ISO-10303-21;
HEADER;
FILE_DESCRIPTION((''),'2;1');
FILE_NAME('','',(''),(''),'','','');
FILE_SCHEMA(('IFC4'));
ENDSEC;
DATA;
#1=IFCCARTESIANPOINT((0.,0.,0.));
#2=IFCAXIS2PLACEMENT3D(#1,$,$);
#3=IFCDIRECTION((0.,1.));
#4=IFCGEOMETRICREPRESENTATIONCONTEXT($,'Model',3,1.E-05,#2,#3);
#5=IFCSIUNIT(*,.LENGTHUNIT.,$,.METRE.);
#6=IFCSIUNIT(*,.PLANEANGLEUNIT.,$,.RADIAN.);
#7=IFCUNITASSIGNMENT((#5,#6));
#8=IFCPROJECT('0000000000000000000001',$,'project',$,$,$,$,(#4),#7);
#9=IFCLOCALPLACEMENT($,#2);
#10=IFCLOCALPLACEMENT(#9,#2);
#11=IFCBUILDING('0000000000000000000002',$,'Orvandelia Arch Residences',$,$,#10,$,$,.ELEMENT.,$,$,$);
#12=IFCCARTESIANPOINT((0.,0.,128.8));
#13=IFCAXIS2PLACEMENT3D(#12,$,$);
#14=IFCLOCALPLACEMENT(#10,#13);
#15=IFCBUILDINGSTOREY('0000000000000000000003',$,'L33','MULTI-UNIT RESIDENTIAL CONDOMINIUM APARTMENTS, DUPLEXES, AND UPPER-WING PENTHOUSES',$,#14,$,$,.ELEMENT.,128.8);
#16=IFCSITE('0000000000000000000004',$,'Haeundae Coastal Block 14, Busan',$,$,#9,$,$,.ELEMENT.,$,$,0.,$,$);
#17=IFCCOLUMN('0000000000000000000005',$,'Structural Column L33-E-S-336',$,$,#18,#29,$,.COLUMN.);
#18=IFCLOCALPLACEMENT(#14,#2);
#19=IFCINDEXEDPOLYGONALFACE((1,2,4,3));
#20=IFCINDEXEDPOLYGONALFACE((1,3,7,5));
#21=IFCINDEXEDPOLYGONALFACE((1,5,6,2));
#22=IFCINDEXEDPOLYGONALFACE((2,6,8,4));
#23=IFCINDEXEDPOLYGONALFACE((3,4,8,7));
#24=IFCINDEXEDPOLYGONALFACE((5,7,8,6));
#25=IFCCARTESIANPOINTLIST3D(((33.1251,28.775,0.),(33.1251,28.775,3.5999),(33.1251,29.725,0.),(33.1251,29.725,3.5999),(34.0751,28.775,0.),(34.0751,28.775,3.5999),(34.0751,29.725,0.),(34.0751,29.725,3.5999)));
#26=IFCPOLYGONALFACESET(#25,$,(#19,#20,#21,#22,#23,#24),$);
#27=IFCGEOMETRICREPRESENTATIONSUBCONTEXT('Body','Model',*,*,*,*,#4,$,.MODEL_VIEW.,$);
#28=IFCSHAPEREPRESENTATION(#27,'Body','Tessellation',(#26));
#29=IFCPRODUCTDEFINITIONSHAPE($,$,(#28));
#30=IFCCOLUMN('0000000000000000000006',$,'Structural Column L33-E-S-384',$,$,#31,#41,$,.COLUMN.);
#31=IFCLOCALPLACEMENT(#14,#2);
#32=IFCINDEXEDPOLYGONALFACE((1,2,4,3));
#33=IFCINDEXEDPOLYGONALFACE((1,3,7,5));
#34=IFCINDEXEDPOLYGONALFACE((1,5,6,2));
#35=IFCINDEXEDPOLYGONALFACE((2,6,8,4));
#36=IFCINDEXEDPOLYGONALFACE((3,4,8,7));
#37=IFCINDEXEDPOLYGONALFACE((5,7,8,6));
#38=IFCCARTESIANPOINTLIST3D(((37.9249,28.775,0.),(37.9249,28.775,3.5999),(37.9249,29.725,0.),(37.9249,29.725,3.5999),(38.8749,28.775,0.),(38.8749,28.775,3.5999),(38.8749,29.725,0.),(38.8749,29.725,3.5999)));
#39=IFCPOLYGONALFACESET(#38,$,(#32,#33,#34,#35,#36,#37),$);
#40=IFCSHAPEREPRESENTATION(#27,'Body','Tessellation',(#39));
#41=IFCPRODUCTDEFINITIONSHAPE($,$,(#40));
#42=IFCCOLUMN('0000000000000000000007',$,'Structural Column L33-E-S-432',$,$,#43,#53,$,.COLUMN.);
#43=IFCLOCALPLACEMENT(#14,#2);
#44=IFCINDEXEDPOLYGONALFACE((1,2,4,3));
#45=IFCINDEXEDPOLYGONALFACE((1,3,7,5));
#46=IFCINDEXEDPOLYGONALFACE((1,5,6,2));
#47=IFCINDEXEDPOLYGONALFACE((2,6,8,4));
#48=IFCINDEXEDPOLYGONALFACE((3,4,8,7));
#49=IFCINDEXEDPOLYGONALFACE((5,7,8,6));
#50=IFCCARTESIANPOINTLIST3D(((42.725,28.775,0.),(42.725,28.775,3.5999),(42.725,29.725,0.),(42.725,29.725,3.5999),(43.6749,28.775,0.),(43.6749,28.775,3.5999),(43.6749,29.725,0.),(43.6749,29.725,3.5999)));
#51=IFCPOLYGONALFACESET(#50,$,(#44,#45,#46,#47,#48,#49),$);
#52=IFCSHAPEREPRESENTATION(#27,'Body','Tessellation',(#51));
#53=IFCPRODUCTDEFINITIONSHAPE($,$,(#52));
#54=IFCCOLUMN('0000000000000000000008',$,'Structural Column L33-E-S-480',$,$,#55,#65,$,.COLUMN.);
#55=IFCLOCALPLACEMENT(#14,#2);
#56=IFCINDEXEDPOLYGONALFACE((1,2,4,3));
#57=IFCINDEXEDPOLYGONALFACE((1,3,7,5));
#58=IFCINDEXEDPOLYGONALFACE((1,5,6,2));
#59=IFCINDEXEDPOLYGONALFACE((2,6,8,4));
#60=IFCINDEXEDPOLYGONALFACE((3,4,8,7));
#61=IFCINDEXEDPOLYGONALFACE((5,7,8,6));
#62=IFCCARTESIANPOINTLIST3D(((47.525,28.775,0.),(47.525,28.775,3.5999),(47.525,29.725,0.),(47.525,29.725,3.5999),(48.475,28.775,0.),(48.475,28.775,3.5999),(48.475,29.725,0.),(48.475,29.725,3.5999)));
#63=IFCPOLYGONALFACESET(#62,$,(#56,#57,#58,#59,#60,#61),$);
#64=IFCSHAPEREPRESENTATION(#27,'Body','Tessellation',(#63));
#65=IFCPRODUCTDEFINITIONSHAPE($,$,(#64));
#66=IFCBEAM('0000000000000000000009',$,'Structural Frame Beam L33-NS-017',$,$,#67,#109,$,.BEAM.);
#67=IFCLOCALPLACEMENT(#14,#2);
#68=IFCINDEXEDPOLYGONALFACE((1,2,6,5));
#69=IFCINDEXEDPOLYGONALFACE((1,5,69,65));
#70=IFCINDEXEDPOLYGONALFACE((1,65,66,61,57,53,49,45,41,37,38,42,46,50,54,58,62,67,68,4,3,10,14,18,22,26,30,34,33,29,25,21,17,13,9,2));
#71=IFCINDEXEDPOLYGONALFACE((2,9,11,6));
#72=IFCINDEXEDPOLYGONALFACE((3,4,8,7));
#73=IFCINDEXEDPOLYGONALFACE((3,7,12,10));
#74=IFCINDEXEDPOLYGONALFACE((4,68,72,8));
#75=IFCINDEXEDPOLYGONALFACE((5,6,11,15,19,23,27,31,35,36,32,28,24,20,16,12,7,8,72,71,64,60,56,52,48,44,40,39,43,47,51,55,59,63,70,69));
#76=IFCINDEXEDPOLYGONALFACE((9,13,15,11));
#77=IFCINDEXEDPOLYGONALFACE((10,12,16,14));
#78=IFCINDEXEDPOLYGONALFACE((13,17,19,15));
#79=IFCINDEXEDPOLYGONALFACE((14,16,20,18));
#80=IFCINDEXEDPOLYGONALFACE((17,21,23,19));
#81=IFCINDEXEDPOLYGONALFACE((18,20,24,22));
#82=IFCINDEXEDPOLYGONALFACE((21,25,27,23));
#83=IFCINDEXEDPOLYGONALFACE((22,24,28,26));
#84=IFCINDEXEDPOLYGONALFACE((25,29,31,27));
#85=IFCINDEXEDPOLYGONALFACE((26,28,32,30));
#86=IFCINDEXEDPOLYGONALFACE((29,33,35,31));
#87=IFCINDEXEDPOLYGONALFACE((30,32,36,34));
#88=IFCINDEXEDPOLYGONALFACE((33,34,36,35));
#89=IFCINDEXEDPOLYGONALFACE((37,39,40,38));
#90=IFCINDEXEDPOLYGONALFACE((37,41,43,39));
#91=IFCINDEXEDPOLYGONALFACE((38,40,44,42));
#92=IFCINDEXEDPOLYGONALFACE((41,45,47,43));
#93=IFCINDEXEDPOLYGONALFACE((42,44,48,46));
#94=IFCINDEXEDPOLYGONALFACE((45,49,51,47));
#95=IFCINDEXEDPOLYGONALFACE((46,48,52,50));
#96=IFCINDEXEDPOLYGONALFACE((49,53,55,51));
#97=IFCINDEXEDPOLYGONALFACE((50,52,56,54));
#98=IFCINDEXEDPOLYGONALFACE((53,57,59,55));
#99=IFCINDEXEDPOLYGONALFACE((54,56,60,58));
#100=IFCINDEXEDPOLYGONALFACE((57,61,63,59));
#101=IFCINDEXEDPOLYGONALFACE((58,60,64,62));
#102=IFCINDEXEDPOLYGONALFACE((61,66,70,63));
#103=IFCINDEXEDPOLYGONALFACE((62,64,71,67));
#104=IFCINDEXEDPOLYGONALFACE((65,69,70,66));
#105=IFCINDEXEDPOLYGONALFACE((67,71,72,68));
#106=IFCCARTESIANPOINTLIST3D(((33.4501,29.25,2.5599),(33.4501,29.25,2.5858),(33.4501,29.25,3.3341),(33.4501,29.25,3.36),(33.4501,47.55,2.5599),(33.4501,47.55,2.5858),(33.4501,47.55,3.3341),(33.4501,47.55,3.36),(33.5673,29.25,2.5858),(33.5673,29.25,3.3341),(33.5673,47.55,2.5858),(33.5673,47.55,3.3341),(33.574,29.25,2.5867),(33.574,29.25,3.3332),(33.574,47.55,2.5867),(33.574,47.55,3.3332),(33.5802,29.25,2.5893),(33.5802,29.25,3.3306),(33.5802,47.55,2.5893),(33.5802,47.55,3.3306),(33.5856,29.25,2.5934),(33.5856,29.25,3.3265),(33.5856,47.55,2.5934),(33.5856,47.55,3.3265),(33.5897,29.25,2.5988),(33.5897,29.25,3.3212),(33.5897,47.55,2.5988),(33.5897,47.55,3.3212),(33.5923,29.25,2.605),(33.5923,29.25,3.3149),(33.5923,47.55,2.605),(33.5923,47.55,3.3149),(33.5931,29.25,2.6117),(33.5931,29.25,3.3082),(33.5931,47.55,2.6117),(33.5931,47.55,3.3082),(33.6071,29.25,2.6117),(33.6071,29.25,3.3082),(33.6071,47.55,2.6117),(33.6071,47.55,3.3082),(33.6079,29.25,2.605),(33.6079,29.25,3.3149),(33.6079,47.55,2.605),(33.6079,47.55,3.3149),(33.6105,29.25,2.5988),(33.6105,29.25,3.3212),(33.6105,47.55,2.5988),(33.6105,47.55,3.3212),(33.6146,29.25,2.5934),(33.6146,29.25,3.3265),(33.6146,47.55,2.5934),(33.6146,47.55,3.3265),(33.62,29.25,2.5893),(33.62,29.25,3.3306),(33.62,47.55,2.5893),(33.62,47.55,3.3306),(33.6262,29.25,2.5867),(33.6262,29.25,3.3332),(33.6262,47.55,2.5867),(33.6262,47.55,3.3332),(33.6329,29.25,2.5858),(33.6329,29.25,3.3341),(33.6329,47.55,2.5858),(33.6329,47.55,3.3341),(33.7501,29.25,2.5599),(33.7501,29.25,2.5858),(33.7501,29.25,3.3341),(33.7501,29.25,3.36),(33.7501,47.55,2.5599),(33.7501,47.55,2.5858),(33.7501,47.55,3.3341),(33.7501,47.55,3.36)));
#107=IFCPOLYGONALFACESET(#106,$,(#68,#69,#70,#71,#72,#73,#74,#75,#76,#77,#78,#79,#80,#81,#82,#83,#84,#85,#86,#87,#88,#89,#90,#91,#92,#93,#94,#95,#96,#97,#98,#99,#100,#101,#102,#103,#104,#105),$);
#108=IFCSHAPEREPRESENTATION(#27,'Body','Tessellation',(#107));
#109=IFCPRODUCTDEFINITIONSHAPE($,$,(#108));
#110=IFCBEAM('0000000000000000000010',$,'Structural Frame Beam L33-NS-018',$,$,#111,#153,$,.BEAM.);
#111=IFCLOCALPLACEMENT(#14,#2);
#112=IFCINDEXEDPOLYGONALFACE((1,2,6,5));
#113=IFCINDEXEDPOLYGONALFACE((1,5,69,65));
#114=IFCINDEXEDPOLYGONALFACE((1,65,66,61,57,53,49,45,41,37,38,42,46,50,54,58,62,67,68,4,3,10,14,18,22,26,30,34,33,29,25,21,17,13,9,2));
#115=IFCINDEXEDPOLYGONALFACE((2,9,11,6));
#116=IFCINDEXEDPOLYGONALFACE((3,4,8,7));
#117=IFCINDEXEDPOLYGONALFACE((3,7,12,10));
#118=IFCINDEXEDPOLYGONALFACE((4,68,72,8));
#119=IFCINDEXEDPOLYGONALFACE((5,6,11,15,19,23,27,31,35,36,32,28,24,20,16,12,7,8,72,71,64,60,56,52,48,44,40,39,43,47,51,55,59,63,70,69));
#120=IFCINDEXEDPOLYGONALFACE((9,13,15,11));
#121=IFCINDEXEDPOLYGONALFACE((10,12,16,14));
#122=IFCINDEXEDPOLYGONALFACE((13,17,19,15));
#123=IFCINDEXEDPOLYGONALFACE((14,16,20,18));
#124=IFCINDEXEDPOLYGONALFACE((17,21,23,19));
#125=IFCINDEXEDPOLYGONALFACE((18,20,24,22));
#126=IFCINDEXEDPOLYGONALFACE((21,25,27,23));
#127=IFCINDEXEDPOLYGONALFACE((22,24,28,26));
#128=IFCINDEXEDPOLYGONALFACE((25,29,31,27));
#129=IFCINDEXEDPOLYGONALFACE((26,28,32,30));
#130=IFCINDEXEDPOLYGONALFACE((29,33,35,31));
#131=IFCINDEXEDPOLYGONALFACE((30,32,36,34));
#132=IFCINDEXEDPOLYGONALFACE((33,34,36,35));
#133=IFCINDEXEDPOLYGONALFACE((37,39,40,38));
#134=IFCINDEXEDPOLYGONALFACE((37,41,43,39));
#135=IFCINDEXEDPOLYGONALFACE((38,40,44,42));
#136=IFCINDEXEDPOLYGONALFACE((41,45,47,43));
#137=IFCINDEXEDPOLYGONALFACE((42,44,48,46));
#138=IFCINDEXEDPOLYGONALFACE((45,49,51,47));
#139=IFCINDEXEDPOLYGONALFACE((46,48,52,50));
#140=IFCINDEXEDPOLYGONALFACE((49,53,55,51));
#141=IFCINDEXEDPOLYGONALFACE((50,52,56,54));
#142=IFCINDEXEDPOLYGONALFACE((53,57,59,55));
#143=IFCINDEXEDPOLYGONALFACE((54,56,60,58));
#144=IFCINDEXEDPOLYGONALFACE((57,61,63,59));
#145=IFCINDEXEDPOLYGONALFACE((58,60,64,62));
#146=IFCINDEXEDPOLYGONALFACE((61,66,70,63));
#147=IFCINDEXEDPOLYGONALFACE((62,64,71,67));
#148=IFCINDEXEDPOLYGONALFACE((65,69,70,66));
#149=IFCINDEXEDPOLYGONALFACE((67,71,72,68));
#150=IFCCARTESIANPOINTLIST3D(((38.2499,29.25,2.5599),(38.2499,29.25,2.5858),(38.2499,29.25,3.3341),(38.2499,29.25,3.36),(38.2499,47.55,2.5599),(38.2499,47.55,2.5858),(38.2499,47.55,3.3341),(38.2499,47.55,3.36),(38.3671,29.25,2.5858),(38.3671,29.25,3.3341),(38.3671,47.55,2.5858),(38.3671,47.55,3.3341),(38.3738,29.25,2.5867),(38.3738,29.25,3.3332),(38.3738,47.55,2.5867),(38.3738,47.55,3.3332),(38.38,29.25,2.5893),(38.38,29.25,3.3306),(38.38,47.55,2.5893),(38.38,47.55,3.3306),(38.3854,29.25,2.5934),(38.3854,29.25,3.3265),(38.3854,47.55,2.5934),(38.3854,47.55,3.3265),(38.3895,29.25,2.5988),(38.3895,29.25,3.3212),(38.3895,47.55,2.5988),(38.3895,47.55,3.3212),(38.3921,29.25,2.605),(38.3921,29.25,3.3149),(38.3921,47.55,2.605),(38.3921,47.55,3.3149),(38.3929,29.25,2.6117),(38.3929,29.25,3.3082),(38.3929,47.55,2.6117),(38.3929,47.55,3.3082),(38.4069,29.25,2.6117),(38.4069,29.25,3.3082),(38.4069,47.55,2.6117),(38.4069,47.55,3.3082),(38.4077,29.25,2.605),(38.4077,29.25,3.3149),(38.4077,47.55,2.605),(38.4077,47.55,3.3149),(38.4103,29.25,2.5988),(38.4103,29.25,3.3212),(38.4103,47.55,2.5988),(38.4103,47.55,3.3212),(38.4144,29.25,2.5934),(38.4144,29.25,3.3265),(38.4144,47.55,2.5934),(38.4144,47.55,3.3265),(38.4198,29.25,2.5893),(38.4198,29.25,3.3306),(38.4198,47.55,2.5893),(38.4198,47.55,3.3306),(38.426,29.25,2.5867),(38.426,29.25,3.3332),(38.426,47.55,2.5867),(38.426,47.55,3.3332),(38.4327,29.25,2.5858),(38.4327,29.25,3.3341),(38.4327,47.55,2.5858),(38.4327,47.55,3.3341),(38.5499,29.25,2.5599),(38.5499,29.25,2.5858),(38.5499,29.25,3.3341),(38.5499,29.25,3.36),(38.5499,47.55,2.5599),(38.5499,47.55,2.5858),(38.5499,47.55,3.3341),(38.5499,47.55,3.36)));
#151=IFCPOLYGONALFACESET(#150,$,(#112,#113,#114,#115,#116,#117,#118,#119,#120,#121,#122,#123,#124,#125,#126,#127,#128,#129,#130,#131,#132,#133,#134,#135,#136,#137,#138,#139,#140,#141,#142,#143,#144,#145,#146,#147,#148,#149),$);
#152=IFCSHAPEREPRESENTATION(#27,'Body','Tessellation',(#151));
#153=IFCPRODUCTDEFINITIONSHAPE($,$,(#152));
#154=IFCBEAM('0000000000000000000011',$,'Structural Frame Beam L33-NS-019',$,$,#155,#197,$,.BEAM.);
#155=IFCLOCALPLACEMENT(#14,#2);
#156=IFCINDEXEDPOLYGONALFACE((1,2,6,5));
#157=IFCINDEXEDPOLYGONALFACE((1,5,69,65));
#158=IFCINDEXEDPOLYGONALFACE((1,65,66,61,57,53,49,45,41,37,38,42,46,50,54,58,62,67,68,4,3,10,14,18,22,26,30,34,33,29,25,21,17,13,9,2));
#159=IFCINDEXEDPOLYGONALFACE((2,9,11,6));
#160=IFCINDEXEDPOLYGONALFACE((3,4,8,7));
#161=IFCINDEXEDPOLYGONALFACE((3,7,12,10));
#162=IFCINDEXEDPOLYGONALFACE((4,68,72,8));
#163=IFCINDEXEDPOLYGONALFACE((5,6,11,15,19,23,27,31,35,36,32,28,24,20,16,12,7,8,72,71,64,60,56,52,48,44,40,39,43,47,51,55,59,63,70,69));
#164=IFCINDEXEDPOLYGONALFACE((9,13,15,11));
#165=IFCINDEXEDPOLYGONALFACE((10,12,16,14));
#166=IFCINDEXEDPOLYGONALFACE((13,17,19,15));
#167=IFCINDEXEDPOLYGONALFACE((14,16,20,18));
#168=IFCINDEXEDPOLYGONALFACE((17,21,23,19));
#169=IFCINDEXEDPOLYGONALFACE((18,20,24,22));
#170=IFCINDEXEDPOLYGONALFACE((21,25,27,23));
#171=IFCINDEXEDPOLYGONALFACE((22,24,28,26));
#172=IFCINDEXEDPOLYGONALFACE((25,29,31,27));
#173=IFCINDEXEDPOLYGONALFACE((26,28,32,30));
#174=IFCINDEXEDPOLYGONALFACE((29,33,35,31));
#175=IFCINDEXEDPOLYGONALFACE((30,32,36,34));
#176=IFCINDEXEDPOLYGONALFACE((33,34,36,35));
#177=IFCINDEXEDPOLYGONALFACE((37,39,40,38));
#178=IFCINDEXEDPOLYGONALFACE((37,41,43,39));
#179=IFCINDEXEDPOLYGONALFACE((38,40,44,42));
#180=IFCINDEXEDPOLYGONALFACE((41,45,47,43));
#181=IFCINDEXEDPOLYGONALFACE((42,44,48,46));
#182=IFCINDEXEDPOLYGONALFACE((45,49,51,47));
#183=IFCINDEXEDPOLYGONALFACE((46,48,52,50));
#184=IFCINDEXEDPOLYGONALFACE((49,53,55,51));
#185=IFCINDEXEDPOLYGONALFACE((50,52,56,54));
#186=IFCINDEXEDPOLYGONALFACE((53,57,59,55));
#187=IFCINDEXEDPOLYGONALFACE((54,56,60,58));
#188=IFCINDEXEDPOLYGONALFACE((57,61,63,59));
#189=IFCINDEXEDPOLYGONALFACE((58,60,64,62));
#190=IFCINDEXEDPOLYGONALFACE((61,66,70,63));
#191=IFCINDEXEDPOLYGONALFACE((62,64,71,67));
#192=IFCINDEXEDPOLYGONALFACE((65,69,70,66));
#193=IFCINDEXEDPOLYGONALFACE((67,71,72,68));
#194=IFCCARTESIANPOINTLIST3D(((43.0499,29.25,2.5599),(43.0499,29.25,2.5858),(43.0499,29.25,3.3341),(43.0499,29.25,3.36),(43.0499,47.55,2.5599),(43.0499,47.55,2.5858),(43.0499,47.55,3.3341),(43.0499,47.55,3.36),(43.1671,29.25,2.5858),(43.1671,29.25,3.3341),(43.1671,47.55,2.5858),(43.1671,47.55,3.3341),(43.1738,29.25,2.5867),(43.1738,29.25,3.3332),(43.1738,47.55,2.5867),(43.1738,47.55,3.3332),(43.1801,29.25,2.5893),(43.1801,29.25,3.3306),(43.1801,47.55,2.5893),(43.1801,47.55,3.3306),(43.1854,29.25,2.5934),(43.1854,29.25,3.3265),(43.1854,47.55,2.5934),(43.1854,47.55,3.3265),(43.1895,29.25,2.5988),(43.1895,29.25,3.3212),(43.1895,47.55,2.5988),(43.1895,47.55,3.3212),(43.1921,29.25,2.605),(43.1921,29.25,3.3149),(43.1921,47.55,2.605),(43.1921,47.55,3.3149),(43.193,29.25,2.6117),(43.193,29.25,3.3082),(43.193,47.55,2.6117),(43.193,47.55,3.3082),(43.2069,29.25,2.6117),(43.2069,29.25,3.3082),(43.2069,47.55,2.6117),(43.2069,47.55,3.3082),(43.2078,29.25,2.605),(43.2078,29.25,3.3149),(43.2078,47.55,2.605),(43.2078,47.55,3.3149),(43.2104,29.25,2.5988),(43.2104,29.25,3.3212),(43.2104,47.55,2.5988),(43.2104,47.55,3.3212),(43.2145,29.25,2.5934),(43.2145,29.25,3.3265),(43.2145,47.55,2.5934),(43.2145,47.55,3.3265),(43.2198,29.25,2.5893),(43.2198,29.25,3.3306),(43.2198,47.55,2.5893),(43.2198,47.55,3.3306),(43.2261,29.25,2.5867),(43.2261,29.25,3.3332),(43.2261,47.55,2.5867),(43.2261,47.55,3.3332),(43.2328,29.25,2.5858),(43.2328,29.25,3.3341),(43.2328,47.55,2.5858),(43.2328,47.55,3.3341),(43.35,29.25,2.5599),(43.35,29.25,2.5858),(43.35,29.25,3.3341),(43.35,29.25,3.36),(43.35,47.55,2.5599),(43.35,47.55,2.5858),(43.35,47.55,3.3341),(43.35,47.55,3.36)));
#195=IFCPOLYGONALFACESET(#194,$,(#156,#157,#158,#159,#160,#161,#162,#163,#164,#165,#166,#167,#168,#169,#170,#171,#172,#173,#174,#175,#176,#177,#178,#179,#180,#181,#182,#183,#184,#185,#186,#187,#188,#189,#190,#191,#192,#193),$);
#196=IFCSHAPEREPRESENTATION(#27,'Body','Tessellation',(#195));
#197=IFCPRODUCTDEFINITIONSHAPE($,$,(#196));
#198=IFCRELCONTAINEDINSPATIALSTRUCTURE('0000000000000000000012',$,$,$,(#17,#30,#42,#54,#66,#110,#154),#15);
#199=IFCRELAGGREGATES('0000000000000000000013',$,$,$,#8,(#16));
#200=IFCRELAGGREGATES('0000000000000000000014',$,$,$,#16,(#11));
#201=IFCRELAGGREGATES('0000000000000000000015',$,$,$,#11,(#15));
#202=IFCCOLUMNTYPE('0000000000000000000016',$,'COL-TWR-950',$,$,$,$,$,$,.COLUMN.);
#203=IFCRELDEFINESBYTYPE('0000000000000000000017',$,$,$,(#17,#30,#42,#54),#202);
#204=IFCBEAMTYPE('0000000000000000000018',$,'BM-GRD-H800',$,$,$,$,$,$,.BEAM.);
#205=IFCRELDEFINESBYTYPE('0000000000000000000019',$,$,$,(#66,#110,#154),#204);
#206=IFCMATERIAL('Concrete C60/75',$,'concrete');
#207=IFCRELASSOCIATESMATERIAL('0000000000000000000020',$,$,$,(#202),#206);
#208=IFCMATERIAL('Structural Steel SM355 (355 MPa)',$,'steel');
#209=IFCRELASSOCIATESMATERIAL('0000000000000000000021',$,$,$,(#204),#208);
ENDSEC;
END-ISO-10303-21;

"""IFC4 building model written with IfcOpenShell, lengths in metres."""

from ifc_helpers import new_model, si_unit, direction, frame, origin, origin_2d, place, context, subcontext, project, spatial, rectangle, i_section, extrude, material, material_profile, profile_set, type_object, element, save


model = new_model("IFC4")

# Units and contexts
model_context = context("Model", 3, precision=1e-05, world=origin(), true_north=direction((0.0, 1.0)))
body_context = subcontext(model_context, "Body", "Model", "MODEL_VIEW")
ifc_project = project(units=[si_unit("LENGTHUNIT", "METRE"), si_unit("PLANEANGLEUNIT", "RADIAN")], contexts=[model_context])

# Site, building, storey
site_placement = place(None, origin())
site = spatial("IfcSite", under=ifc_project, at=site_placement, Name="Haeundae Coastal Block 14, Busan", CompositionType="ELEMENT", RefElevation=0.0)
building_placement = place(site_placement, origin())
building = spatial("IfcBuilding", under=site, at=building_placement, Name="Orvandelia Arch Residences", CompositionType="ELEMENT")
storey_placement = place(building_placement, frame((0.0, 0.0, 128.8)))
storey = spatial("IfcBuildingStorey", under=building, at=storey_placement, Name="L33", Description="MULTI-UNIT RESIDENTIAL CONDOMINIUM APARTMENTS, DUPLEXES, AND UPPER-WING PENTHOUSES", CompositionType="ELEMENT", Elevation=128.8)

# Columns
ifc_material_1 = material(Name="Concrete C60/75", Category="concrete")
ifc_material_profile_1 = material_profile(ifc_material_1, rectangle(XDim=0.95, YDim=0.95, at=origin_2d()), Name="Concrete C60/75", Category="concrete")
ifc_profile_set_1 = profile_set([ifc_material_profile_1], Name="Concrete C60/75")
column_type = type_object("IfcColumnType", Name="COL-TWR-950", PredefinedType="COLUMN", material=ifc_profile_set_1)
for number, where, z_axis, x_axis, name in (
    (1, (33.6001, 29.25, 0.0), (0.0, 0.0, 1.0), (1.0, 0.0, 0.0), "Structural Column L33-E-S-336"),
    (2, (38.3999, 29.25, 0.0), (0.0, 0.0, 1.0), (1.0, 0.0, 0.0), "Structural Column L33-E-S-384"),
    (3, (43.2, 29.25, 0.0), (0.0, 0.0, 1.0), (1.0, 0.0, 0.0), "Structural Column L33-E-S-432"),
    (4, (48.0, 29.25, 0.0), (0.0, 0.0, 1.0), (1.0, 0.0, 0.0), "Structural Column L33-E-S-480"),
):
    element("IfcColumn", number, at=place(storey_placement, frame(where, z_axis=z_axis, x_axis=x_axis)), inside=storey, type_object=column_type, Name=name, PredefinedType="COLUMN", context=body_context, shape_type="SweptSolid", body=[
        extrude(rectangle(XDim=0.95, YDim=0.95, at=origin_2d()), origin(), (0.0, 0.0, 1.0), 3.5999),
    ])

# Beams
ifc_material_2 = material(Name="Structural Steel SM355 (355 MPa)", Category="steel")
ifc_material_profile_2 = material_profile(ifc_material_2, i_section(OverallWidth=0.3, OverallDepth=0.8, WebThickness=0.0139, FlangeThickness=0.0259, FilletRadius=0.0259, at=origin_2d()), Name="Structural Steel SM355 (355 MPa)", Category="steel")
ifc_profile_set_2 = profile_set([ifc_material_profile_2], Name="Structural Steel SM355 (355 MPa)")
beam_type = type_object("IfcBeamType", Name="BM-GRD-H800", PredefinedType="BEAM", material=ifc_profile_set_2)
for number, where, z_axis, x_axis, name in (
    (5, (33.6001, 29.25, 2.96), (0.0, 1.0, 0.0), (-1.0, 0.0, 0.0), "Structural Frame Beam L33-NS-017"),
    (6, (38.3999, 29.25, 2.96), (0.0, 1.0, 0.0), (-1.0, 0.0, 0.0), "Structural Frame Beam L33-NS-018"),
    (7, (43.2, 29.25, 2.96), (0.0, 1.0, 0.0), (-1.0, 0.0, 0.0), "Structural Frame Beam L33-NS-019"),
):
    element("IfcBeam", number, at=place(storey_placement, frame(where, z_axis=z_axis, x_axis=x_axis)), inside=storey, type_object=beam_type, Name=name, PredefinedType="BEAM", context=body_context, shape_type="SweptSolid", body=[
        extrude(i_section(OverallWidth=0.3, OverallDepth=0.8, WebThickness=0.0139, FlangeThickness=0.0259, FilletRadius=0.0259, at=origin_2d()), origin(), (0.0, 0.0, 1.0), 18.3),
    ])

save(model, "model.ifc")
